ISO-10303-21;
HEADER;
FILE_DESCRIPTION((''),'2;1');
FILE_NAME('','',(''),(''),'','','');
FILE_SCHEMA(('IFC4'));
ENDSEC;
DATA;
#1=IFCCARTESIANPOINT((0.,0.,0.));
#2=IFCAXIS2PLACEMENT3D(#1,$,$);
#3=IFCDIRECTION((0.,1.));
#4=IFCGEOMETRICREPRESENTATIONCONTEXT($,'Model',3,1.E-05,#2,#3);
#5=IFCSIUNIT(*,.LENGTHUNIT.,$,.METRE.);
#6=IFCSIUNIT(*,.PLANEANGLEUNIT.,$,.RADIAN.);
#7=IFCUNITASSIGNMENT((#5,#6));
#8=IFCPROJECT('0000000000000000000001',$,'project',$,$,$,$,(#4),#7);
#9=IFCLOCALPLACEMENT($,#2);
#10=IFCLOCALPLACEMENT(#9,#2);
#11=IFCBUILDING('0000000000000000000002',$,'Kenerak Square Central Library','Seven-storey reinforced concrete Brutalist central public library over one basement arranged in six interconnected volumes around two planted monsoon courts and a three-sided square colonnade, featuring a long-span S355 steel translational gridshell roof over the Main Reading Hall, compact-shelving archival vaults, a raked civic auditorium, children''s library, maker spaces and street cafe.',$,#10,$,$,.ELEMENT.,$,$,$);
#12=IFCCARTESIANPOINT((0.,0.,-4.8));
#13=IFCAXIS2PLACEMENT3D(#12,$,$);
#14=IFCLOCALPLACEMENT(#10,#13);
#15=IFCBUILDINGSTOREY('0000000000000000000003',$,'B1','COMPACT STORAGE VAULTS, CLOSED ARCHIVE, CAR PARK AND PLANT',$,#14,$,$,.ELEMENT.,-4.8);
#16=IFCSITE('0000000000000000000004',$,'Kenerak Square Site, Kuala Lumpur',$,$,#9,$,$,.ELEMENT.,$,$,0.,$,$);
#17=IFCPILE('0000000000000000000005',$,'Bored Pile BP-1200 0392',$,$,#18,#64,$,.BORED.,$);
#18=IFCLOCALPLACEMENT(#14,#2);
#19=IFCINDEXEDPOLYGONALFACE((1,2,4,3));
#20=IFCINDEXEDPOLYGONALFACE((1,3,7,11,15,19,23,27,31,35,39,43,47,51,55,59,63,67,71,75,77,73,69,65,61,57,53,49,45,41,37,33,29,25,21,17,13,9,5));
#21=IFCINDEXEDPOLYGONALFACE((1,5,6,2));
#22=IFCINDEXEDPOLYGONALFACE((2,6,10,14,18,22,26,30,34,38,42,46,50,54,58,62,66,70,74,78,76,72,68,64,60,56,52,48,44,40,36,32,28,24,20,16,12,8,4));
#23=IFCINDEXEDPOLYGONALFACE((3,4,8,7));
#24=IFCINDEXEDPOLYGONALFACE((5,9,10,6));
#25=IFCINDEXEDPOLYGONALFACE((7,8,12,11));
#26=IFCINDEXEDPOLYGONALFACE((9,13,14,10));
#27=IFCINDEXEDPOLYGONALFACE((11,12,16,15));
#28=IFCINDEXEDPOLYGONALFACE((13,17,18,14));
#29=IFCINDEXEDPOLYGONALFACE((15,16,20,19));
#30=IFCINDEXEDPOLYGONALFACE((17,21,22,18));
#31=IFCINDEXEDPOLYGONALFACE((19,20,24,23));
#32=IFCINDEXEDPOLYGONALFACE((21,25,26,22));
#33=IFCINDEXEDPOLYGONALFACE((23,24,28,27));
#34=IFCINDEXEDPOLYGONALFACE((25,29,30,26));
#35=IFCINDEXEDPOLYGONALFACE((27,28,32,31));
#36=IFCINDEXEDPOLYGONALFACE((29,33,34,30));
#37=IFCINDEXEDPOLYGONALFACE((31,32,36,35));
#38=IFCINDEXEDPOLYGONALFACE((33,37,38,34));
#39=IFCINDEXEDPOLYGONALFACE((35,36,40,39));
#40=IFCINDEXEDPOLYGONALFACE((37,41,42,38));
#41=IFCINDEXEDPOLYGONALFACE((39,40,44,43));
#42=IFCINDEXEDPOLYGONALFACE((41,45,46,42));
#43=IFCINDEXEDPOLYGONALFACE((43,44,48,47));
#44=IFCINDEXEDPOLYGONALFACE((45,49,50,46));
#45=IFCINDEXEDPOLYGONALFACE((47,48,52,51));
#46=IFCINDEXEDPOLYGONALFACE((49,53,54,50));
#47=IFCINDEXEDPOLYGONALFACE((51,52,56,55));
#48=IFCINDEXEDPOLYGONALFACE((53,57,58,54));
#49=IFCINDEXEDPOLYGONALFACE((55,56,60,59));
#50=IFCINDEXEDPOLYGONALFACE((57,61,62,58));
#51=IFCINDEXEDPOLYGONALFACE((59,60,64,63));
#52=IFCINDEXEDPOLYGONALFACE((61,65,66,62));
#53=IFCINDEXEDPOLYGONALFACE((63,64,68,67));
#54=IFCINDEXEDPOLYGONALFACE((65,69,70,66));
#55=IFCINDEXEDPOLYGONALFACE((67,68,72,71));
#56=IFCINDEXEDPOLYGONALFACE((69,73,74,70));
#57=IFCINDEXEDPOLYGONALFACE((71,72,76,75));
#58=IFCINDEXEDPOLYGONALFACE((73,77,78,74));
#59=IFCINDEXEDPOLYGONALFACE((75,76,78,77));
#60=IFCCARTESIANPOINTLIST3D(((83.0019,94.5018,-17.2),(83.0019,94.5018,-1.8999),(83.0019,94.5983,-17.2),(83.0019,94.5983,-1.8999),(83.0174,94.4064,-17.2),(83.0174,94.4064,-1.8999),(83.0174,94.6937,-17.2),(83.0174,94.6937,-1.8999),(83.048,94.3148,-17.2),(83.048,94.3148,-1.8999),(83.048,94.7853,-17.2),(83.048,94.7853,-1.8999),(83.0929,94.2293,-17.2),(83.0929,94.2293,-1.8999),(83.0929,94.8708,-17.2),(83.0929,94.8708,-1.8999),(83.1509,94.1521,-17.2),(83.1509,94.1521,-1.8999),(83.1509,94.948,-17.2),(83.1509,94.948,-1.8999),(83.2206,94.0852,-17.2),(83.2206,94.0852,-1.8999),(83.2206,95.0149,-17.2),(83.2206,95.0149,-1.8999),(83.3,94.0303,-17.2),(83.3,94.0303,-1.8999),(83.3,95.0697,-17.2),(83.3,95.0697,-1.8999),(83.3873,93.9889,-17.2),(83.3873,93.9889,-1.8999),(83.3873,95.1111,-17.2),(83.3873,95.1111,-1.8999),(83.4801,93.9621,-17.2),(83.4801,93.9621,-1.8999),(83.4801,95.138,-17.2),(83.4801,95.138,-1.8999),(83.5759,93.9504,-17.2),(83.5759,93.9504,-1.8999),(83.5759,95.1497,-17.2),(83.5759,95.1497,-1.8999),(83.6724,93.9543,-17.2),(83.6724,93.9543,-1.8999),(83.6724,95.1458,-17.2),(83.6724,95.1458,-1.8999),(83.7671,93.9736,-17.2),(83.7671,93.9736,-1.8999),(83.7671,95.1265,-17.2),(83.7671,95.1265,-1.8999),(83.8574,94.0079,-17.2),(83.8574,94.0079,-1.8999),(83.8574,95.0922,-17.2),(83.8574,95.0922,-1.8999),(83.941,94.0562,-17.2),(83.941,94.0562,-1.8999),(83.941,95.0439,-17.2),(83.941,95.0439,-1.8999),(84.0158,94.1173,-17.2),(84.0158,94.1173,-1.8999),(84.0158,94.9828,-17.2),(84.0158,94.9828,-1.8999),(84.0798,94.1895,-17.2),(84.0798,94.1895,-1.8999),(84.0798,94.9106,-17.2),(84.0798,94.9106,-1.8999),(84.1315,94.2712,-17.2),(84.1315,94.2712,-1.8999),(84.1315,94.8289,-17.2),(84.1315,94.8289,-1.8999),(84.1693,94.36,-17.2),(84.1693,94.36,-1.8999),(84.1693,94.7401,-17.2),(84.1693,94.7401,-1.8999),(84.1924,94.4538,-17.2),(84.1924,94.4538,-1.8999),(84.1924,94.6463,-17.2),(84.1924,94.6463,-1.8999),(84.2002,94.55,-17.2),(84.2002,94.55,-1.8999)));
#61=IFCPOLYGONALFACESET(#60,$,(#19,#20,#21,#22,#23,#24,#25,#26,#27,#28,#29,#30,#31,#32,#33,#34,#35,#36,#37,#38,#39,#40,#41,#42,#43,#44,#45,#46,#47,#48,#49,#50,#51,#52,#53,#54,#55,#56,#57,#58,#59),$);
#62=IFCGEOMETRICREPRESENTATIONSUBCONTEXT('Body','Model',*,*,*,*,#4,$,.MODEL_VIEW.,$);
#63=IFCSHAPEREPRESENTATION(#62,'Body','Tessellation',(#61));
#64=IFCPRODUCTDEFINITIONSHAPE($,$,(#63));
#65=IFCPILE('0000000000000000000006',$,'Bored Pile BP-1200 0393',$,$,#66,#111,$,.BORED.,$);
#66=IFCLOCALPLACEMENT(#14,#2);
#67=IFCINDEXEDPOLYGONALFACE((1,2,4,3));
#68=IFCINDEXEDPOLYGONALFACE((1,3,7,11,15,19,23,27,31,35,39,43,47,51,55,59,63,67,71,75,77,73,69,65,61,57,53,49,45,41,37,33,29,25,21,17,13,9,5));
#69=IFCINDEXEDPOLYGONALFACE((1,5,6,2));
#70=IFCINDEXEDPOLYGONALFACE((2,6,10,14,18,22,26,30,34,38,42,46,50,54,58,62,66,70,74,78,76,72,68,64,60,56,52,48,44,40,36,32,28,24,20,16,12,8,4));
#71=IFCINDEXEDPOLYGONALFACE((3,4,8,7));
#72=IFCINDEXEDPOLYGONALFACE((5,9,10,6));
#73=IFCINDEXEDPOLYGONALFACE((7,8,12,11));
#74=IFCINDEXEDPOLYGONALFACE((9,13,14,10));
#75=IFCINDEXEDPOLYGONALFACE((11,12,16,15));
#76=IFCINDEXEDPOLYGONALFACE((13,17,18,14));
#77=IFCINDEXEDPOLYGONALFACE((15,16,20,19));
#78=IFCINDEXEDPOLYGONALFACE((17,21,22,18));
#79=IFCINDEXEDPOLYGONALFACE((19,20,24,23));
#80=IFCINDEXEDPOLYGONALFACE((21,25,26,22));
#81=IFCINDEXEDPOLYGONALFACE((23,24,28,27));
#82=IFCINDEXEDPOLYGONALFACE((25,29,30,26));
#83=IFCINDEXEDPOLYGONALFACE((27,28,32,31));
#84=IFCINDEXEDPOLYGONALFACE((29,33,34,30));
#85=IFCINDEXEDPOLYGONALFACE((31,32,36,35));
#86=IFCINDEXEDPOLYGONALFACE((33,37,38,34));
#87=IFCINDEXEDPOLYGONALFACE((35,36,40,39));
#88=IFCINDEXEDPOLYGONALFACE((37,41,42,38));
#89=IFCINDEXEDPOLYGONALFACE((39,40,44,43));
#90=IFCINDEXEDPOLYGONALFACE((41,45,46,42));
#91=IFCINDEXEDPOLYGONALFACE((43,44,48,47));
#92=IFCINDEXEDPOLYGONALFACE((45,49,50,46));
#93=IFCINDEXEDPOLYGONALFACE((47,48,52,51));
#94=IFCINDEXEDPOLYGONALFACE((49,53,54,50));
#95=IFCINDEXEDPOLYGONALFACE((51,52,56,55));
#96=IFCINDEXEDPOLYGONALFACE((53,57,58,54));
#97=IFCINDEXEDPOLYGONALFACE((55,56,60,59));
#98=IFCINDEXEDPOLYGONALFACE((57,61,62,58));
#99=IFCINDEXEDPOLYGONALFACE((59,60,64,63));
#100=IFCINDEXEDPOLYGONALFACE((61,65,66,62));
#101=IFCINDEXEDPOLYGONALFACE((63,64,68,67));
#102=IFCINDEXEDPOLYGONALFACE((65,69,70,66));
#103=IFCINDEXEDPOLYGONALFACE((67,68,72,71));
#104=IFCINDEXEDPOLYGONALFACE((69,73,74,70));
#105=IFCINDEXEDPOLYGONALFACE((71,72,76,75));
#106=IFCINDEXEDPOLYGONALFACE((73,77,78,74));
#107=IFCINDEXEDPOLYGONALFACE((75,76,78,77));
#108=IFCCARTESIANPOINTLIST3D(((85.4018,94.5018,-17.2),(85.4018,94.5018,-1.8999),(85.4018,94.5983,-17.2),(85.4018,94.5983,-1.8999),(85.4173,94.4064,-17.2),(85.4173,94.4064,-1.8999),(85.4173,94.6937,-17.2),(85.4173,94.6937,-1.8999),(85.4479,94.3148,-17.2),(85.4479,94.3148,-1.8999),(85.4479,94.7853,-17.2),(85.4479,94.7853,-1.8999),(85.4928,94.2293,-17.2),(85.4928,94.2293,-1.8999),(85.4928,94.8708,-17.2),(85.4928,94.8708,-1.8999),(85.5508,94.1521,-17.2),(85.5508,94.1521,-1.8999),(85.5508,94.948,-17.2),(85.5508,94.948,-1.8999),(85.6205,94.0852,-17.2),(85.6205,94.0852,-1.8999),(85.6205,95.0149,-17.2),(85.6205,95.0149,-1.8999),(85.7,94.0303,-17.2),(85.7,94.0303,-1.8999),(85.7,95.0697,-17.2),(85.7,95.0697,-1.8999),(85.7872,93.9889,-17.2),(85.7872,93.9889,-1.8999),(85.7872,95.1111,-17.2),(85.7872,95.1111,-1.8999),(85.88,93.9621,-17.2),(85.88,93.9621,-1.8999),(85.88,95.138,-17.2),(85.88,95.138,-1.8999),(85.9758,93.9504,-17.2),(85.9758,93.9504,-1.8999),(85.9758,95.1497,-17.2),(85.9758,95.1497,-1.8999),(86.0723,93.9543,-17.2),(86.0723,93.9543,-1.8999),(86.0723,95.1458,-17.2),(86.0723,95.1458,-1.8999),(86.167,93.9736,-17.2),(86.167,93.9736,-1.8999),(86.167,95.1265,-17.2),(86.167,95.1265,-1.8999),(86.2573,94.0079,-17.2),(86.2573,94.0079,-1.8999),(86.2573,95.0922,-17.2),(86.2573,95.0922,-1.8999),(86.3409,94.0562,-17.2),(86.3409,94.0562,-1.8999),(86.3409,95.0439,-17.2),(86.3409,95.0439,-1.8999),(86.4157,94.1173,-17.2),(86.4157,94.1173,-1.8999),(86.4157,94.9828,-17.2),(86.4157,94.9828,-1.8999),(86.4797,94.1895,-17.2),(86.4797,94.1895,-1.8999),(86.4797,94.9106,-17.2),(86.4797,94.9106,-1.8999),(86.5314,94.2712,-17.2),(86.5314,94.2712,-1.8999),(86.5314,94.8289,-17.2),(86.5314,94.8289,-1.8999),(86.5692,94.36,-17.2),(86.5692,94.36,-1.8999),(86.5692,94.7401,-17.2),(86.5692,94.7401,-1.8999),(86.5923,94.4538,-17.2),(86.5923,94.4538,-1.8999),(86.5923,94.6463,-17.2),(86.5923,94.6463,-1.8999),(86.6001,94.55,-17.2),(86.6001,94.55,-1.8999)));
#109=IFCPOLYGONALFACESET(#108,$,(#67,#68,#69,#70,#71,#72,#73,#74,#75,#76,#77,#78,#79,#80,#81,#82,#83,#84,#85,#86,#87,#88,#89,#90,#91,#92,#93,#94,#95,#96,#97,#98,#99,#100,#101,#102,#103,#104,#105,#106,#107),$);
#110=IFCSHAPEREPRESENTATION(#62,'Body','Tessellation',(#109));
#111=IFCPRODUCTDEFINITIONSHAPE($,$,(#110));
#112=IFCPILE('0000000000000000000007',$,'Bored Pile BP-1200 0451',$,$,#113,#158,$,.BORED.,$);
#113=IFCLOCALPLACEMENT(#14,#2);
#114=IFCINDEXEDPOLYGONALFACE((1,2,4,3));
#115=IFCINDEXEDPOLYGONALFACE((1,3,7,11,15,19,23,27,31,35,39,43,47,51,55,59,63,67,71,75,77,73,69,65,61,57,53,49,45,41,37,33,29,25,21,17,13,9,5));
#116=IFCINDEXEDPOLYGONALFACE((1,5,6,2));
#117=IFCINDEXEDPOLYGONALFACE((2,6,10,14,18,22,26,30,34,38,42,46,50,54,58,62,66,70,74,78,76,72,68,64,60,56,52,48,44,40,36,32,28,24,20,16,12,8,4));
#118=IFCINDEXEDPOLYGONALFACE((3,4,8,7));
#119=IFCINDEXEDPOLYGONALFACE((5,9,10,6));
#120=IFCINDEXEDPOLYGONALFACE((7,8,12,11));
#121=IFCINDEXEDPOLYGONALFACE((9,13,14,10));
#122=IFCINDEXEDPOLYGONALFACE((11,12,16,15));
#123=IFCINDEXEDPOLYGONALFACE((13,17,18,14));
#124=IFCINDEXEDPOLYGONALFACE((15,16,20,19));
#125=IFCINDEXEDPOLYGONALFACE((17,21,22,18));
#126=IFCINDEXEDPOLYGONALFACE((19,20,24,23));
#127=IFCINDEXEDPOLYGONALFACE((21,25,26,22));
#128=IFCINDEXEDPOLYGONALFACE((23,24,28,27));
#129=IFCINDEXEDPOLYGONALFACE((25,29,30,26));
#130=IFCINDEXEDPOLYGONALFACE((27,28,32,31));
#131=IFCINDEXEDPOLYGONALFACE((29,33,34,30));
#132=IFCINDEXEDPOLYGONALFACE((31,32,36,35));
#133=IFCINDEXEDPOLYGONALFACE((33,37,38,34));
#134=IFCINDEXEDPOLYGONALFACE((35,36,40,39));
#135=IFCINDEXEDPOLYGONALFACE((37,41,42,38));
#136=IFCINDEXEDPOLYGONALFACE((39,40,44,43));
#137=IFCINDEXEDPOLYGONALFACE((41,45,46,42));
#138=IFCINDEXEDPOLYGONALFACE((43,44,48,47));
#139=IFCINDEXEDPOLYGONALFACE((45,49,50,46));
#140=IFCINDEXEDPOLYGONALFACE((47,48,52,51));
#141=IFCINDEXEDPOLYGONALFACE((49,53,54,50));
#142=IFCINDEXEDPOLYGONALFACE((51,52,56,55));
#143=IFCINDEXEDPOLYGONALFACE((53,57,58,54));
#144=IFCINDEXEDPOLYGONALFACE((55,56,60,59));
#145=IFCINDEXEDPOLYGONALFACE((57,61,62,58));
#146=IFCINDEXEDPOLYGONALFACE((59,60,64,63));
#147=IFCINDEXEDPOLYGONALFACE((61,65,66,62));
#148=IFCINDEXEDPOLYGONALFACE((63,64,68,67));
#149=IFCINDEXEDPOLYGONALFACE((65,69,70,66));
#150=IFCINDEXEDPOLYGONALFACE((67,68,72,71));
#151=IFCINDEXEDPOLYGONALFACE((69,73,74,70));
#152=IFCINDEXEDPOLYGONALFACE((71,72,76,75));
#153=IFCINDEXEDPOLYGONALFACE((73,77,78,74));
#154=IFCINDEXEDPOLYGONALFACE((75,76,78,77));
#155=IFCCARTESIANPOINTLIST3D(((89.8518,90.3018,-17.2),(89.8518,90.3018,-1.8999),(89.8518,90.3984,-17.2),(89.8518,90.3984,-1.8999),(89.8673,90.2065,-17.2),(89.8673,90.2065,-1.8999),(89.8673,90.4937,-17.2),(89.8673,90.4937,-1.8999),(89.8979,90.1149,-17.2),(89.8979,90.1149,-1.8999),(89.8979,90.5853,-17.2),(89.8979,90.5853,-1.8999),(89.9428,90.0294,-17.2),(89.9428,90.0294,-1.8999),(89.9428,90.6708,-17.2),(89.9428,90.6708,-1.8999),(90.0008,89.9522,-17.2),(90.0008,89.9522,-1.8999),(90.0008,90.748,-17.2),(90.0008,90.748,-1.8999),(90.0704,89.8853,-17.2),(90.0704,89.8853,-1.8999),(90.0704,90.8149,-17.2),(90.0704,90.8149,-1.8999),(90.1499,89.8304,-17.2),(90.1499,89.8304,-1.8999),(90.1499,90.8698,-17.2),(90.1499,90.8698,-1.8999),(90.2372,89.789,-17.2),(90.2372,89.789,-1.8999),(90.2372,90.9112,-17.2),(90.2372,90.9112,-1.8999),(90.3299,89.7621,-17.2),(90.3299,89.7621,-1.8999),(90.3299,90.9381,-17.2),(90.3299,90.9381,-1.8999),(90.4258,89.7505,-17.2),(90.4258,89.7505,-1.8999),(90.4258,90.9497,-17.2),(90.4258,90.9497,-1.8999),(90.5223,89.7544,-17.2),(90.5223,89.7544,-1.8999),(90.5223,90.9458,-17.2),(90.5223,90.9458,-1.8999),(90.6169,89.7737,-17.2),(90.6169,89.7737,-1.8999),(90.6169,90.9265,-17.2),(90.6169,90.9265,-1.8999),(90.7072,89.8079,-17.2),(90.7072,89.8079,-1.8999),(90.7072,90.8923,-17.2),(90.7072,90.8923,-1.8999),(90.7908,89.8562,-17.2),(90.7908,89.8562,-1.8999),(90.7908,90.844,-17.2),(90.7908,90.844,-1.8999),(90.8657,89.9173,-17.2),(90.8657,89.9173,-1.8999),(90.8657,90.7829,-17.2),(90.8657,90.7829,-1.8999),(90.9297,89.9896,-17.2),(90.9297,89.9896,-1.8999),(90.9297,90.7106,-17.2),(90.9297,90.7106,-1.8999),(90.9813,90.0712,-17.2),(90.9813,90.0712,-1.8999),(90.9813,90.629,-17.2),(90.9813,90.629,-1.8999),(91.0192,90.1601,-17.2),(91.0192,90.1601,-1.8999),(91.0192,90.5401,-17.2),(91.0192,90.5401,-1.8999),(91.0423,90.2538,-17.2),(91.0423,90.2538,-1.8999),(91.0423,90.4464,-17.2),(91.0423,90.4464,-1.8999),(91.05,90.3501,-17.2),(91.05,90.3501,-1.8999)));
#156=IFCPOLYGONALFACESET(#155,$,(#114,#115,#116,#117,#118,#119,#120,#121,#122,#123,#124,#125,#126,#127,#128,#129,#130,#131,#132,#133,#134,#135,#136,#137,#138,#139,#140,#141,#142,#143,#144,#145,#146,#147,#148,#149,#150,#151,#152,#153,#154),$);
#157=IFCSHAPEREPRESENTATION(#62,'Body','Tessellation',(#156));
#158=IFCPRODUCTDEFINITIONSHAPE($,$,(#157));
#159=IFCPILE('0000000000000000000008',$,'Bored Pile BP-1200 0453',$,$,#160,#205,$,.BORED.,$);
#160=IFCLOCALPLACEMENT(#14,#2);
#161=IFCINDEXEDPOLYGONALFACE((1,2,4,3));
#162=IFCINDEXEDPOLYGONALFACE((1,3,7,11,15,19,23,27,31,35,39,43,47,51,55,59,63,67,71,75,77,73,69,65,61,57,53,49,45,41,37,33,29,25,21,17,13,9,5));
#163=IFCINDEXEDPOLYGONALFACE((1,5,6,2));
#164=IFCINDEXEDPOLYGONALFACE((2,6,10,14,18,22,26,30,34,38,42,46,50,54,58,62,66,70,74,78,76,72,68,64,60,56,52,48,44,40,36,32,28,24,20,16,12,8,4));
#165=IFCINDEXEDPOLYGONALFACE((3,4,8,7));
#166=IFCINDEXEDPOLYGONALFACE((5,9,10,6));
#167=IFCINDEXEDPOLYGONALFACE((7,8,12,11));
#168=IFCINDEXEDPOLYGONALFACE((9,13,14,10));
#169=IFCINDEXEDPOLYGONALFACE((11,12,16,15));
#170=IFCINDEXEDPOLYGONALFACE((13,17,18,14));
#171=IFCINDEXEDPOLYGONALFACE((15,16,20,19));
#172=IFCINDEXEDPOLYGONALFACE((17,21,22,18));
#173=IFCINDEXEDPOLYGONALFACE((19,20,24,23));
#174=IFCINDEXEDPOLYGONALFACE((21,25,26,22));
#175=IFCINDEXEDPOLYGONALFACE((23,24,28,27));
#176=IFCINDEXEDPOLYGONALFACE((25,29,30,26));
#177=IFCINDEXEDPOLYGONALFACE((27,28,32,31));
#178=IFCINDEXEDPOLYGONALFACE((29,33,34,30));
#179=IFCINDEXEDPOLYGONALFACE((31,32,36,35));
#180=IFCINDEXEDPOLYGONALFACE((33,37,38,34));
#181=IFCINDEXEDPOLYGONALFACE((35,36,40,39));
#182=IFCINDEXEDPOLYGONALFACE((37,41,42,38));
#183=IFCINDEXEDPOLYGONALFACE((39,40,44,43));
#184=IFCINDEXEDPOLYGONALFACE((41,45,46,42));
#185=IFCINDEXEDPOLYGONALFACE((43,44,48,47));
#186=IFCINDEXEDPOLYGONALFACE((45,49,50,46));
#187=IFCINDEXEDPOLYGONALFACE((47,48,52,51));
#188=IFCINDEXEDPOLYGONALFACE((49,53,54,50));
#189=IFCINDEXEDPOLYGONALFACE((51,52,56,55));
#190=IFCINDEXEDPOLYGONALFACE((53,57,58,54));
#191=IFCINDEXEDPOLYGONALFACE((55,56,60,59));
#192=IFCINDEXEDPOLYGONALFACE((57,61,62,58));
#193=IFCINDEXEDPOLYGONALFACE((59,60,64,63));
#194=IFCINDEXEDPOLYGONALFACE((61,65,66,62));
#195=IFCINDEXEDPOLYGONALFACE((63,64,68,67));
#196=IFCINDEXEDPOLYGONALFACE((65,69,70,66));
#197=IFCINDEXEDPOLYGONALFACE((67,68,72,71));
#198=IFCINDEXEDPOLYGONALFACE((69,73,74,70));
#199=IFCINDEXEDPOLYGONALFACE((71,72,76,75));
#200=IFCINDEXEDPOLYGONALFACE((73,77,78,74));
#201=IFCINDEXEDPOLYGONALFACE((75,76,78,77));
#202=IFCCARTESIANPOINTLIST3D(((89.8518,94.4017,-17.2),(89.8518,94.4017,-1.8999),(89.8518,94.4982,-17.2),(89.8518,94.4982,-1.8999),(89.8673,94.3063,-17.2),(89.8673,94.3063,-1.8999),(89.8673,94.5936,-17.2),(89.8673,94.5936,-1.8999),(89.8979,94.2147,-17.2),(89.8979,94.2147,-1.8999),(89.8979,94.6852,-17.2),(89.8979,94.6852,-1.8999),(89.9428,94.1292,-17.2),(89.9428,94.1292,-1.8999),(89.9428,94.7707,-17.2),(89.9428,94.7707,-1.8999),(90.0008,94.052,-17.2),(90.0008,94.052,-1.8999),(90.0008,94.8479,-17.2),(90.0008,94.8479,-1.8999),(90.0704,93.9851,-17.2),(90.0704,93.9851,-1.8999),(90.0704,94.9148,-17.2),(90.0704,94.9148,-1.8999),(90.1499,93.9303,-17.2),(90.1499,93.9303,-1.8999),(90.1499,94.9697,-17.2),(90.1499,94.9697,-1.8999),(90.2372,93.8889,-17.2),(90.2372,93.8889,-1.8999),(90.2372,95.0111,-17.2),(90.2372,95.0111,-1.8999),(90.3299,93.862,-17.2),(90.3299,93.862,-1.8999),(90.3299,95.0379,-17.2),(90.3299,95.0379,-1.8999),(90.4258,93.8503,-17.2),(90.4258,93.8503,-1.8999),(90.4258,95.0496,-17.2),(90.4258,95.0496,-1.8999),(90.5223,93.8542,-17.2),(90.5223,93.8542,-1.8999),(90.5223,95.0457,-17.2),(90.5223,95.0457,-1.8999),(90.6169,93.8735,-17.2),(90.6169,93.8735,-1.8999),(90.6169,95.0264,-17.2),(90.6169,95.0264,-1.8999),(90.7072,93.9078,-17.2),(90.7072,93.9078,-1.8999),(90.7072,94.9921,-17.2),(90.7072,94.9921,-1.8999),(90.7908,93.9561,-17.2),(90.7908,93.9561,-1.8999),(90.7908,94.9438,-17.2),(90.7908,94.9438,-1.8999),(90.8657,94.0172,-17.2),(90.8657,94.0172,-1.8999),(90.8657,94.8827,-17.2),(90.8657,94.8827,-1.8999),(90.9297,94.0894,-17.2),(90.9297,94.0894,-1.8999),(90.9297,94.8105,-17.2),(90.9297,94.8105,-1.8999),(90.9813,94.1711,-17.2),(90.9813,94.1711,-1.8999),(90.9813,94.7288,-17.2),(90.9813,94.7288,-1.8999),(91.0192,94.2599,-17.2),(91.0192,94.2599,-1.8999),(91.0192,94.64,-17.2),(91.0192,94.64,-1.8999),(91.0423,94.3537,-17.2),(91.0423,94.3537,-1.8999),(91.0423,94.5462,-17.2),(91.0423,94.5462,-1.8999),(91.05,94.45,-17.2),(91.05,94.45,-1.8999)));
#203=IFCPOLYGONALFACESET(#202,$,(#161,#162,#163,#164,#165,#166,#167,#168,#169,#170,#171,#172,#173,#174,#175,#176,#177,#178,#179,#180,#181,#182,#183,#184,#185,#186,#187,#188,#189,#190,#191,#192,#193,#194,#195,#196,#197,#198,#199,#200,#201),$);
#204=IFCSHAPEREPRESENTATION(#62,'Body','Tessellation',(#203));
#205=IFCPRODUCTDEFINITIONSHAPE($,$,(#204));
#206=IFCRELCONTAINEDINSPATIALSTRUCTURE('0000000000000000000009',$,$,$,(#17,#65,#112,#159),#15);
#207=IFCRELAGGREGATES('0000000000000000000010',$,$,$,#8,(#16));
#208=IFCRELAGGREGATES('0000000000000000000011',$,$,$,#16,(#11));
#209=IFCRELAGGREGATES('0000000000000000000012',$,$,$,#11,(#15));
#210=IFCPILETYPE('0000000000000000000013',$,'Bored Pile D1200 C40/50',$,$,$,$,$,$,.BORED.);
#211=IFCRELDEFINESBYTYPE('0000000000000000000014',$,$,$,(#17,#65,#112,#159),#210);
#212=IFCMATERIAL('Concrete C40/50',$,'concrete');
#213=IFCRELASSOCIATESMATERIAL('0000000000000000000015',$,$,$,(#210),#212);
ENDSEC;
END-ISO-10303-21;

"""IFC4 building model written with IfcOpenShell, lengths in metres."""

from ifc_helpers import new_model, si_unit, direction, frame, origin, origin_2d, place, context, subcontext, project, spatial, circle, extrude, material, material_profile, profile_set, type_object, element, save


model = new_model("IFC4")

# Units and contexts
model_context = context("Model", 3, precision=1e-05, world=origin(), true_north=direction((0.0, 1.0)))
body_context = subcontext(model_context, "Body", "Model", "MODEL_VIEW")
ifc_project = project(units=[si_unit("LENGTHUNIT", "METRE"), si_unit("PLANEANGLEUNIT", "RADIAN")], contexts=[model_context])

# Site, building, storey
site_placement = place(None, origin())
site = spatial("IfcSite", under=ifc_project, at=site_placement, Name="Kenerak Square Site, Kuala Lumpur", CompositionType="ELEMENT", RefElevation=0.0)
building_placement = place(site_placement, origin())
building = spatial("IfcBuilding", under=site, at=building_placement, Name="Kenerak Square Central Library", Description="Seven-storey reinforced concrete Brutalist central public library over one basement arranged in six interconnected volumes around two planted monsoon courts and a three-sided square colonnade, featuring a long-span S355 steel translational gridshell roof over the Main Reading Hall, compact-shelving archival vaults, a raked civic auditorium, children's library, maker spaces and street cafe.", CompositionType="ELEMENT")
storey_placement = place(building_placement, frame((0.0, 0.0, -4.8)))
storey = spatial("IfcBuildingStorey", under=building, at=storey_placement, Name="B1", Description="COMPACT STORAGE VAULTS, CLOSED ARCHIVE, CAR PARK AND PLANT", CompositionType="ELEMENT", Elevation=-4.8)

# Piles
ifc_material_1 = material(Name="Concrete C40/50", Category="concrete")
ifc_material_profile_1 = material_profile(ifc_material_1, circle(Radius=0.6001, at=origin_2d()), Name="BP D1200")
ifc_profile_set_1 = profile_set([ifc_material_profile_1], Name="Concrete C40/50")
pile_type = type_object("IfcPileType", Name="Bored Pile D1200 C40/50", PredefinedType="BORED", material=ifc_profile_set_1)
for number, where, z_axis, x_axis, name in (
    (1, (83.6001, 94.55, -1.8999), (0.0, 0.0, -1.0), (1.0, 0.0, 0.0), "Bored Pile BP-1200 0392"),
    (2, (86.0, 94.55, -1.8999), (0.0, 0.0, -1.0), (1.0, 0.0, 0.0), "Bored Pile BP-1200 0393"),
    (3, (90.45, 90.3501, -1.8999), (0.0, 0.0, -1.0), (1.0, 0.0, 0.0), "Bored Pile BP-1200 0451"),
    (4, (90.45, 94.45, -1.8999), (0.0, 0.0, -1.0), (1.0, 0.0, 0.0), "Bored Pile BP-1200 0453"),
):
    element("IfcPile", number, at=place(storey_placement, frame(where, z_axis=z_axis, x_axis=x_axis)), inside=storey, type_object=pile_type, Name=name, PredefinedType="BORED", context=body_context, shape_type="SweptSolid", body=[
        extrude(circle(Radius=0.6001, at=origin_2d()), origin(), (0.0, 0.0, 1.0), 15.3),
    ])

save(model, "model.ifc")
